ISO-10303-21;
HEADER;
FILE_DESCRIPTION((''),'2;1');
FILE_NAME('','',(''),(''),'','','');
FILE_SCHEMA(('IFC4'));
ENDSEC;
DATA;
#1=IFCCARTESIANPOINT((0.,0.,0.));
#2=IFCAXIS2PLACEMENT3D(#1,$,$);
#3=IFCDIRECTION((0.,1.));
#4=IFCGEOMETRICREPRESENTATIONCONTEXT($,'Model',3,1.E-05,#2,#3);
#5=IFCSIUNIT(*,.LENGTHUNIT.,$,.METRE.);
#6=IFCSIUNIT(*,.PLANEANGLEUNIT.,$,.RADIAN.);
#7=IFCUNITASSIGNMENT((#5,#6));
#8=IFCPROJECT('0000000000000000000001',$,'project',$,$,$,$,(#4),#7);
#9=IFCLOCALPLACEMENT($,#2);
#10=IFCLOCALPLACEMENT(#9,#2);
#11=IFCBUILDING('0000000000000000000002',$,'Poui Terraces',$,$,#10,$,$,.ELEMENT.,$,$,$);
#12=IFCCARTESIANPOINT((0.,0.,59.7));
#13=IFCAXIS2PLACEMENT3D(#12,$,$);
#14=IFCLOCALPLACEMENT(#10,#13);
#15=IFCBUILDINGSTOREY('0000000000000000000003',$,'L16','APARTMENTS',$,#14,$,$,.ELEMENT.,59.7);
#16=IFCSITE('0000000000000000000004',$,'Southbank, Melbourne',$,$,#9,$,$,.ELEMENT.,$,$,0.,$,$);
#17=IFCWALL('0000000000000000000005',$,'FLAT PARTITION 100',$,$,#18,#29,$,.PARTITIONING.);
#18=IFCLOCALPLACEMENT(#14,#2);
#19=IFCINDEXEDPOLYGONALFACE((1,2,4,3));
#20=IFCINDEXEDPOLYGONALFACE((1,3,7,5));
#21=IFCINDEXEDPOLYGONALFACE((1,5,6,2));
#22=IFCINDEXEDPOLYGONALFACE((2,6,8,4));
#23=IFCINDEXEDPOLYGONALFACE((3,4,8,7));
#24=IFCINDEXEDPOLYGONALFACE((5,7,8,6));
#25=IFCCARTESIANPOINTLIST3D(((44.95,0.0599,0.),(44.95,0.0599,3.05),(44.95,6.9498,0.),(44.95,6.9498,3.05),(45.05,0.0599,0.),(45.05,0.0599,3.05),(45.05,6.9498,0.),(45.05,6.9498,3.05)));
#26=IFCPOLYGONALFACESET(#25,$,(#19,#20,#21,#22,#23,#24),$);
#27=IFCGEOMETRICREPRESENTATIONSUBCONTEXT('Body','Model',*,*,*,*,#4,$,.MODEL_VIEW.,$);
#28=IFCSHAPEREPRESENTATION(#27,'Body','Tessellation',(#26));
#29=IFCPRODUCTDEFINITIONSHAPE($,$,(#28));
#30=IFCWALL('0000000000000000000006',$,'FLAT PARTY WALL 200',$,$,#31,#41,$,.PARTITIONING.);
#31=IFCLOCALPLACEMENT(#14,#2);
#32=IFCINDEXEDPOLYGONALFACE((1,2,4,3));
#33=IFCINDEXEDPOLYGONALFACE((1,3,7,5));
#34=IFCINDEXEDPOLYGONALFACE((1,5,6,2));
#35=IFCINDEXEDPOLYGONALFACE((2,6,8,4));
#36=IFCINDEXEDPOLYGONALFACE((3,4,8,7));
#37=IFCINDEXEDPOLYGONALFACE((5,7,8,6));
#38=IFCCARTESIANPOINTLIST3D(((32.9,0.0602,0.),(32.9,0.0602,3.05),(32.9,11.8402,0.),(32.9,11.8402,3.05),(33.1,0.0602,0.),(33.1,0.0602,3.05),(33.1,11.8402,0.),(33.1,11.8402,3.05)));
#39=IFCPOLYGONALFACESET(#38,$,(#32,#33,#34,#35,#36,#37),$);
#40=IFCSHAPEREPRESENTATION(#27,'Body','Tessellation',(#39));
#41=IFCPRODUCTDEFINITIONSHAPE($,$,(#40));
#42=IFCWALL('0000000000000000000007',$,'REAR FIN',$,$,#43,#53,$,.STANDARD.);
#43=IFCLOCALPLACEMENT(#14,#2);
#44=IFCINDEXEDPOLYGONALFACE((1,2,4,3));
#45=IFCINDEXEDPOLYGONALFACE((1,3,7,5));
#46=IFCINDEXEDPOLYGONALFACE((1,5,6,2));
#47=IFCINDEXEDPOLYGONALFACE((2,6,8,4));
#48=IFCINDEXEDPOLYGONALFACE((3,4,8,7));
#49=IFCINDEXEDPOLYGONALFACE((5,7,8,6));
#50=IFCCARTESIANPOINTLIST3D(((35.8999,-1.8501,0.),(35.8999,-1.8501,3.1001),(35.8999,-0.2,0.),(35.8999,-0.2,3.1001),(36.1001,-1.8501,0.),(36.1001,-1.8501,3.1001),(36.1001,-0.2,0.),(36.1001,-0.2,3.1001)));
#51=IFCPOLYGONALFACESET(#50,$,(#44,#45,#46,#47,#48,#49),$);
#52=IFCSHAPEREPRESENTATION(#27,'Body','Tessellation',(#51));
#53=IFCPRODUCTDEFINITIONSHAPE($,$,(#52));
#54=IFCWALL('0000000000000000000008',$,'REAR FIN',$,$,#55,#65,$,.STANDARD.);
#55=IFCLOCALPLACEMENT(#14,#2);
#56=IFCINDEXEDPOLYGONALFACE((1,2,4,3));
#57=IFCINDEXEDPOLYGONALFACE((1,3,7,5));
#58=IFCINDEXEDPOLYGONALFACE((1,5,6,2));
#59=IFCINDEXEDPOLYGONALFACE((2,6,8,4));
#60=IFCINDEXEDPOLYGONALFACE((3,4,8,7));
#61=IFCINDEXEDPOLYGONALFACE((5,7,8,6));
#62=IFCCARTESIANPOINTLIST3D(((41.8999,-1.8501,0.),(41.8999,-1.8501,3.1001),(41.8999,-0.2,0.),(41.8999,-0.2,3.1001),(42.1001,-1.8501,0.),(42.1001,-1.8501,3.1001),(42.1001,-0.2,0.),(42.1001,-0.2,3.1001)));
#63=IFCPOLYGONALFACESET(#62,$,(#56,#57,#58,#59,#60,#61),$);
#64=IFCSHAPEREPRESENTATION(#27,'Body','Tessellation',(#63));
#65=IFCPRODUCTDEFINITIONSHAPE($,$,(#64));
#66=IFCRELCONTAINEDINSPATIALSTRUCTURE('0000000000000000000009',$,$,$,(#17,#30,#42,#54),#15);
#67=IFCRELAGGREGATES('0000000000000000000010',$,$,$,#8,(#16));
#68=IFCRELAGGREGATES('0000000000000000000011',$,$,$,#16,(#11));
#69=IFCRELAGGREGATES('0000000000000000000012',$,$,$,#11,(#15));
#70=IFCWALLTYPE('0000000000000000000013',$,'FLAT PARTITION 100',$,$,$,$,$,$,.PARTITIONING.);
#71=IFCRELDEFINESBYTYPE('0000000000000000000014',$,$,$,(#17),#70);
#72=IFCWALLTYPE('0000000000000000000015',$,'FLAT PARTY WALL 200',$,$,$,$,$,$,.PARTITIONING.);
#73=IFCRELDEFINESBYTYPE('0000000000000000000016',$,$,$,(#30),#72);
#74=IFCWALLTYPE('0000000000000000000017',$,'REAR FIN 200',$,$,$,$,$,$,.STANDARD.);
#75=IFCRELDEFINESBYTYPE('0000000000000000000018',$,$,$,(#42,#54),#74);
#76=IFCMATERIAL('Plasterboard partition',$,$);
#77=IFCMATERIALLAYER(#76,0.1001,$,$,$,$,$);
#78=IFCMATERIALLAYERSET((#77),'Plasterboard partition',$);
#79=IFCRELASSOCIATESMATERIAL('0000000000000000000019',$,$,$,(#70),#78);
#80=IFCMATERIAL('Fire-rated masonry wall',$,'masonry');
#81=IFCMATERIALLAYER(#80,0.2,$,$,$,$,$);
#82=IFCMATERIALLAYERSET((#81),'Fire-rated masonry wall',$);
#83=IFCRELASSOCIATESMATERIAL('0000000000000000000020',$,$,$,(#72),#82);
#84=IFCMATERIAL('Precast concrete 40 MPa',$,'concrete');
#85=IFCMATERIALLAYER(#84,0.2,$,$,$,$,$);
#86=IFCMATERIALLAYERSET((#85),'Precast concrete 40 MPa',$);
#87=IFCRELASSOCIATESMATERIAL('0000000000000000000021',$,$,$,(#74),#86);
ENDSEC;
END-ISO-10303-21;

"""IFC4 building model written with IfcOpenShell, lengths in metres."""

from ifc_helpers import new_model, si_unit, direction, frame, frame_2d, origin, place, context, subcontext, project, spatial, polyline, rectangle, outline, extrude, source, transform, mapped, material, layer, layer_set, type_object, element, save


model = new_model("IFC4")

# Units and contexts
model_context = context("Model", 3, precision=1e-05, world=origin(), true_north=direction((0.0, 1.0)))
body_context = subcontext(model_context, "Body", "Model", "MODEL_VIEW")
ifc_project = project(units=[si_unit("LENGTHUNIT", "METRE"), si_unit("PLANEANGLEUNIT", "RADIAN")], contexts=[model_context])

# Site, building, storey
site_placement = place(None, origin())
site = spatial("IfcSite", under=ifc_project, at=site_placement, Name="Southbank, Melbourne", CompositionType="ELEMENT", RefElevation=0.0)
building_placement = place(site_placement, origin())
building = spatial("IfcBuilding", under=site, at=building_placement, Name="Poui Terraces", CompositionType="ELEMENT")
storey_placement = place(building_placement, frame((0.0, 0.0, 59.7)))
storey = spatial("IfcBuildingStorey", under=building, at=storey_placement, Name="L16", Description="APARTMENTS", CompositionType="ELEMENT", Elevation=59.7)

# Shared definitions
ifc_material_1 = material(Name="Precast concrete 40 MPa", Category="concrete")

# Shared definitions
ifc_material_2 = material(Name="Plasterboard partition")
ifc_layer_1 = layer(ifc_material_2, 0.1001)
ifc_layer_set_1 = layer_set([ifc_layer_1], Name="Plasterboard partition")
wall_type_1 = type_object("IfcWallType", Name="FLAT PARTITION 100", PredefinedType="PARTITIONING", material=ifc_layer_set_1)

# Walls
wall_1_placement = place(storey_placement, frame((45.0, 0.0601, 0.0), z_axis=(0.0, 0.0, 1.0), x_axis=(0.0, 1.0, 0.0)))
element("IfcWall", 1, at=wall_1_placement, inside=storey, type_object=wall_type_1, Name="FLAT PARTITION 100", PredefinedType="PARTITIONING", context=body_context, shape_type="SweptSolid", body=[
    extrude(rectangle(XDim=6.8899, YDim=0.1001, at=frame_2d((3.4448, 0.0))), origin(), (0.0, 0.0, 1.0), 3.05),
])
ifc_material_3 = material(Name="Fire-rated masonry wall", Category="masonry")
ifc_layer_2 = layer(ifc_material_3, 0.2)
ifc_layer_set_2 = layer_set([ifc_layer_2], Name="Fire-rated masonry wall")
wall_type_2 = type_object("IfcWallType", Name="FLAT PARTY WALL 200", PredefinedType="PARTITIONING", material=ifc_layer_set_2)
wall_2_placement = place(storey_placement, frame((33.0, 0.0601, 0.0), z_axis=(0.0, 0.0, 1.0), x_axis=(0.0, 1.0, 0.0)))
element("IfcWall", 2, at=wall_2_placement, inside=storey, type_object=wall_type_2, Name="FLAT PARTY WALL 200", PredefinedType="PARTITIONING", context=body_context, shape_type="SweptSolid", body=[
    extrude(rectangle(XDim=11.78, YDim=0.2, at=frame_2d((5.8901, 0.0))), origin(), (0.0, 0.0, 1.0), 3.05),
])
ifc_layer_3 = layer(ifc_material_1, 0.2)
ifc_layer_set_3 = layer_set([ifc_layer_3], Name="Precast concrete 40 MPa")
wall_type_3 = type_object("IfcWallType", Name="REAR FIN 200", PredefinedType="STANDARD", material=ifc_layer_set_3)
shared_shape_1 = source(origin(), body_context, "Body", "SweptSolid", [
    extrude(outline(polyline([(0.0, 0.0), (0.2002, 0.0), (0.2002, 1.6501), (0.0, 1.6501), (0.0, 0.0)])), origin(), (0.0, 0.0, 1.0), 3.1001),
])
for number, where, name in (
    (3, (35.8999, -1.8501, 0.0), "REAR FIN"),
    (4, (41.8999, -1.8501, 0.0), "REAR FIN"),
):
    element("IfcWall", number, at=place(storey_placement, frame(where)), inside=storey, type_object=wall_type_3, Name=name, PredefinedType="STANDARD", context=body_context, shape_type="MappedRepresentation", body=[
        mapped(shared_shape_1, transform((0.0, 0.0, 0.0))),
    ])

save(model, "model.ifc")
